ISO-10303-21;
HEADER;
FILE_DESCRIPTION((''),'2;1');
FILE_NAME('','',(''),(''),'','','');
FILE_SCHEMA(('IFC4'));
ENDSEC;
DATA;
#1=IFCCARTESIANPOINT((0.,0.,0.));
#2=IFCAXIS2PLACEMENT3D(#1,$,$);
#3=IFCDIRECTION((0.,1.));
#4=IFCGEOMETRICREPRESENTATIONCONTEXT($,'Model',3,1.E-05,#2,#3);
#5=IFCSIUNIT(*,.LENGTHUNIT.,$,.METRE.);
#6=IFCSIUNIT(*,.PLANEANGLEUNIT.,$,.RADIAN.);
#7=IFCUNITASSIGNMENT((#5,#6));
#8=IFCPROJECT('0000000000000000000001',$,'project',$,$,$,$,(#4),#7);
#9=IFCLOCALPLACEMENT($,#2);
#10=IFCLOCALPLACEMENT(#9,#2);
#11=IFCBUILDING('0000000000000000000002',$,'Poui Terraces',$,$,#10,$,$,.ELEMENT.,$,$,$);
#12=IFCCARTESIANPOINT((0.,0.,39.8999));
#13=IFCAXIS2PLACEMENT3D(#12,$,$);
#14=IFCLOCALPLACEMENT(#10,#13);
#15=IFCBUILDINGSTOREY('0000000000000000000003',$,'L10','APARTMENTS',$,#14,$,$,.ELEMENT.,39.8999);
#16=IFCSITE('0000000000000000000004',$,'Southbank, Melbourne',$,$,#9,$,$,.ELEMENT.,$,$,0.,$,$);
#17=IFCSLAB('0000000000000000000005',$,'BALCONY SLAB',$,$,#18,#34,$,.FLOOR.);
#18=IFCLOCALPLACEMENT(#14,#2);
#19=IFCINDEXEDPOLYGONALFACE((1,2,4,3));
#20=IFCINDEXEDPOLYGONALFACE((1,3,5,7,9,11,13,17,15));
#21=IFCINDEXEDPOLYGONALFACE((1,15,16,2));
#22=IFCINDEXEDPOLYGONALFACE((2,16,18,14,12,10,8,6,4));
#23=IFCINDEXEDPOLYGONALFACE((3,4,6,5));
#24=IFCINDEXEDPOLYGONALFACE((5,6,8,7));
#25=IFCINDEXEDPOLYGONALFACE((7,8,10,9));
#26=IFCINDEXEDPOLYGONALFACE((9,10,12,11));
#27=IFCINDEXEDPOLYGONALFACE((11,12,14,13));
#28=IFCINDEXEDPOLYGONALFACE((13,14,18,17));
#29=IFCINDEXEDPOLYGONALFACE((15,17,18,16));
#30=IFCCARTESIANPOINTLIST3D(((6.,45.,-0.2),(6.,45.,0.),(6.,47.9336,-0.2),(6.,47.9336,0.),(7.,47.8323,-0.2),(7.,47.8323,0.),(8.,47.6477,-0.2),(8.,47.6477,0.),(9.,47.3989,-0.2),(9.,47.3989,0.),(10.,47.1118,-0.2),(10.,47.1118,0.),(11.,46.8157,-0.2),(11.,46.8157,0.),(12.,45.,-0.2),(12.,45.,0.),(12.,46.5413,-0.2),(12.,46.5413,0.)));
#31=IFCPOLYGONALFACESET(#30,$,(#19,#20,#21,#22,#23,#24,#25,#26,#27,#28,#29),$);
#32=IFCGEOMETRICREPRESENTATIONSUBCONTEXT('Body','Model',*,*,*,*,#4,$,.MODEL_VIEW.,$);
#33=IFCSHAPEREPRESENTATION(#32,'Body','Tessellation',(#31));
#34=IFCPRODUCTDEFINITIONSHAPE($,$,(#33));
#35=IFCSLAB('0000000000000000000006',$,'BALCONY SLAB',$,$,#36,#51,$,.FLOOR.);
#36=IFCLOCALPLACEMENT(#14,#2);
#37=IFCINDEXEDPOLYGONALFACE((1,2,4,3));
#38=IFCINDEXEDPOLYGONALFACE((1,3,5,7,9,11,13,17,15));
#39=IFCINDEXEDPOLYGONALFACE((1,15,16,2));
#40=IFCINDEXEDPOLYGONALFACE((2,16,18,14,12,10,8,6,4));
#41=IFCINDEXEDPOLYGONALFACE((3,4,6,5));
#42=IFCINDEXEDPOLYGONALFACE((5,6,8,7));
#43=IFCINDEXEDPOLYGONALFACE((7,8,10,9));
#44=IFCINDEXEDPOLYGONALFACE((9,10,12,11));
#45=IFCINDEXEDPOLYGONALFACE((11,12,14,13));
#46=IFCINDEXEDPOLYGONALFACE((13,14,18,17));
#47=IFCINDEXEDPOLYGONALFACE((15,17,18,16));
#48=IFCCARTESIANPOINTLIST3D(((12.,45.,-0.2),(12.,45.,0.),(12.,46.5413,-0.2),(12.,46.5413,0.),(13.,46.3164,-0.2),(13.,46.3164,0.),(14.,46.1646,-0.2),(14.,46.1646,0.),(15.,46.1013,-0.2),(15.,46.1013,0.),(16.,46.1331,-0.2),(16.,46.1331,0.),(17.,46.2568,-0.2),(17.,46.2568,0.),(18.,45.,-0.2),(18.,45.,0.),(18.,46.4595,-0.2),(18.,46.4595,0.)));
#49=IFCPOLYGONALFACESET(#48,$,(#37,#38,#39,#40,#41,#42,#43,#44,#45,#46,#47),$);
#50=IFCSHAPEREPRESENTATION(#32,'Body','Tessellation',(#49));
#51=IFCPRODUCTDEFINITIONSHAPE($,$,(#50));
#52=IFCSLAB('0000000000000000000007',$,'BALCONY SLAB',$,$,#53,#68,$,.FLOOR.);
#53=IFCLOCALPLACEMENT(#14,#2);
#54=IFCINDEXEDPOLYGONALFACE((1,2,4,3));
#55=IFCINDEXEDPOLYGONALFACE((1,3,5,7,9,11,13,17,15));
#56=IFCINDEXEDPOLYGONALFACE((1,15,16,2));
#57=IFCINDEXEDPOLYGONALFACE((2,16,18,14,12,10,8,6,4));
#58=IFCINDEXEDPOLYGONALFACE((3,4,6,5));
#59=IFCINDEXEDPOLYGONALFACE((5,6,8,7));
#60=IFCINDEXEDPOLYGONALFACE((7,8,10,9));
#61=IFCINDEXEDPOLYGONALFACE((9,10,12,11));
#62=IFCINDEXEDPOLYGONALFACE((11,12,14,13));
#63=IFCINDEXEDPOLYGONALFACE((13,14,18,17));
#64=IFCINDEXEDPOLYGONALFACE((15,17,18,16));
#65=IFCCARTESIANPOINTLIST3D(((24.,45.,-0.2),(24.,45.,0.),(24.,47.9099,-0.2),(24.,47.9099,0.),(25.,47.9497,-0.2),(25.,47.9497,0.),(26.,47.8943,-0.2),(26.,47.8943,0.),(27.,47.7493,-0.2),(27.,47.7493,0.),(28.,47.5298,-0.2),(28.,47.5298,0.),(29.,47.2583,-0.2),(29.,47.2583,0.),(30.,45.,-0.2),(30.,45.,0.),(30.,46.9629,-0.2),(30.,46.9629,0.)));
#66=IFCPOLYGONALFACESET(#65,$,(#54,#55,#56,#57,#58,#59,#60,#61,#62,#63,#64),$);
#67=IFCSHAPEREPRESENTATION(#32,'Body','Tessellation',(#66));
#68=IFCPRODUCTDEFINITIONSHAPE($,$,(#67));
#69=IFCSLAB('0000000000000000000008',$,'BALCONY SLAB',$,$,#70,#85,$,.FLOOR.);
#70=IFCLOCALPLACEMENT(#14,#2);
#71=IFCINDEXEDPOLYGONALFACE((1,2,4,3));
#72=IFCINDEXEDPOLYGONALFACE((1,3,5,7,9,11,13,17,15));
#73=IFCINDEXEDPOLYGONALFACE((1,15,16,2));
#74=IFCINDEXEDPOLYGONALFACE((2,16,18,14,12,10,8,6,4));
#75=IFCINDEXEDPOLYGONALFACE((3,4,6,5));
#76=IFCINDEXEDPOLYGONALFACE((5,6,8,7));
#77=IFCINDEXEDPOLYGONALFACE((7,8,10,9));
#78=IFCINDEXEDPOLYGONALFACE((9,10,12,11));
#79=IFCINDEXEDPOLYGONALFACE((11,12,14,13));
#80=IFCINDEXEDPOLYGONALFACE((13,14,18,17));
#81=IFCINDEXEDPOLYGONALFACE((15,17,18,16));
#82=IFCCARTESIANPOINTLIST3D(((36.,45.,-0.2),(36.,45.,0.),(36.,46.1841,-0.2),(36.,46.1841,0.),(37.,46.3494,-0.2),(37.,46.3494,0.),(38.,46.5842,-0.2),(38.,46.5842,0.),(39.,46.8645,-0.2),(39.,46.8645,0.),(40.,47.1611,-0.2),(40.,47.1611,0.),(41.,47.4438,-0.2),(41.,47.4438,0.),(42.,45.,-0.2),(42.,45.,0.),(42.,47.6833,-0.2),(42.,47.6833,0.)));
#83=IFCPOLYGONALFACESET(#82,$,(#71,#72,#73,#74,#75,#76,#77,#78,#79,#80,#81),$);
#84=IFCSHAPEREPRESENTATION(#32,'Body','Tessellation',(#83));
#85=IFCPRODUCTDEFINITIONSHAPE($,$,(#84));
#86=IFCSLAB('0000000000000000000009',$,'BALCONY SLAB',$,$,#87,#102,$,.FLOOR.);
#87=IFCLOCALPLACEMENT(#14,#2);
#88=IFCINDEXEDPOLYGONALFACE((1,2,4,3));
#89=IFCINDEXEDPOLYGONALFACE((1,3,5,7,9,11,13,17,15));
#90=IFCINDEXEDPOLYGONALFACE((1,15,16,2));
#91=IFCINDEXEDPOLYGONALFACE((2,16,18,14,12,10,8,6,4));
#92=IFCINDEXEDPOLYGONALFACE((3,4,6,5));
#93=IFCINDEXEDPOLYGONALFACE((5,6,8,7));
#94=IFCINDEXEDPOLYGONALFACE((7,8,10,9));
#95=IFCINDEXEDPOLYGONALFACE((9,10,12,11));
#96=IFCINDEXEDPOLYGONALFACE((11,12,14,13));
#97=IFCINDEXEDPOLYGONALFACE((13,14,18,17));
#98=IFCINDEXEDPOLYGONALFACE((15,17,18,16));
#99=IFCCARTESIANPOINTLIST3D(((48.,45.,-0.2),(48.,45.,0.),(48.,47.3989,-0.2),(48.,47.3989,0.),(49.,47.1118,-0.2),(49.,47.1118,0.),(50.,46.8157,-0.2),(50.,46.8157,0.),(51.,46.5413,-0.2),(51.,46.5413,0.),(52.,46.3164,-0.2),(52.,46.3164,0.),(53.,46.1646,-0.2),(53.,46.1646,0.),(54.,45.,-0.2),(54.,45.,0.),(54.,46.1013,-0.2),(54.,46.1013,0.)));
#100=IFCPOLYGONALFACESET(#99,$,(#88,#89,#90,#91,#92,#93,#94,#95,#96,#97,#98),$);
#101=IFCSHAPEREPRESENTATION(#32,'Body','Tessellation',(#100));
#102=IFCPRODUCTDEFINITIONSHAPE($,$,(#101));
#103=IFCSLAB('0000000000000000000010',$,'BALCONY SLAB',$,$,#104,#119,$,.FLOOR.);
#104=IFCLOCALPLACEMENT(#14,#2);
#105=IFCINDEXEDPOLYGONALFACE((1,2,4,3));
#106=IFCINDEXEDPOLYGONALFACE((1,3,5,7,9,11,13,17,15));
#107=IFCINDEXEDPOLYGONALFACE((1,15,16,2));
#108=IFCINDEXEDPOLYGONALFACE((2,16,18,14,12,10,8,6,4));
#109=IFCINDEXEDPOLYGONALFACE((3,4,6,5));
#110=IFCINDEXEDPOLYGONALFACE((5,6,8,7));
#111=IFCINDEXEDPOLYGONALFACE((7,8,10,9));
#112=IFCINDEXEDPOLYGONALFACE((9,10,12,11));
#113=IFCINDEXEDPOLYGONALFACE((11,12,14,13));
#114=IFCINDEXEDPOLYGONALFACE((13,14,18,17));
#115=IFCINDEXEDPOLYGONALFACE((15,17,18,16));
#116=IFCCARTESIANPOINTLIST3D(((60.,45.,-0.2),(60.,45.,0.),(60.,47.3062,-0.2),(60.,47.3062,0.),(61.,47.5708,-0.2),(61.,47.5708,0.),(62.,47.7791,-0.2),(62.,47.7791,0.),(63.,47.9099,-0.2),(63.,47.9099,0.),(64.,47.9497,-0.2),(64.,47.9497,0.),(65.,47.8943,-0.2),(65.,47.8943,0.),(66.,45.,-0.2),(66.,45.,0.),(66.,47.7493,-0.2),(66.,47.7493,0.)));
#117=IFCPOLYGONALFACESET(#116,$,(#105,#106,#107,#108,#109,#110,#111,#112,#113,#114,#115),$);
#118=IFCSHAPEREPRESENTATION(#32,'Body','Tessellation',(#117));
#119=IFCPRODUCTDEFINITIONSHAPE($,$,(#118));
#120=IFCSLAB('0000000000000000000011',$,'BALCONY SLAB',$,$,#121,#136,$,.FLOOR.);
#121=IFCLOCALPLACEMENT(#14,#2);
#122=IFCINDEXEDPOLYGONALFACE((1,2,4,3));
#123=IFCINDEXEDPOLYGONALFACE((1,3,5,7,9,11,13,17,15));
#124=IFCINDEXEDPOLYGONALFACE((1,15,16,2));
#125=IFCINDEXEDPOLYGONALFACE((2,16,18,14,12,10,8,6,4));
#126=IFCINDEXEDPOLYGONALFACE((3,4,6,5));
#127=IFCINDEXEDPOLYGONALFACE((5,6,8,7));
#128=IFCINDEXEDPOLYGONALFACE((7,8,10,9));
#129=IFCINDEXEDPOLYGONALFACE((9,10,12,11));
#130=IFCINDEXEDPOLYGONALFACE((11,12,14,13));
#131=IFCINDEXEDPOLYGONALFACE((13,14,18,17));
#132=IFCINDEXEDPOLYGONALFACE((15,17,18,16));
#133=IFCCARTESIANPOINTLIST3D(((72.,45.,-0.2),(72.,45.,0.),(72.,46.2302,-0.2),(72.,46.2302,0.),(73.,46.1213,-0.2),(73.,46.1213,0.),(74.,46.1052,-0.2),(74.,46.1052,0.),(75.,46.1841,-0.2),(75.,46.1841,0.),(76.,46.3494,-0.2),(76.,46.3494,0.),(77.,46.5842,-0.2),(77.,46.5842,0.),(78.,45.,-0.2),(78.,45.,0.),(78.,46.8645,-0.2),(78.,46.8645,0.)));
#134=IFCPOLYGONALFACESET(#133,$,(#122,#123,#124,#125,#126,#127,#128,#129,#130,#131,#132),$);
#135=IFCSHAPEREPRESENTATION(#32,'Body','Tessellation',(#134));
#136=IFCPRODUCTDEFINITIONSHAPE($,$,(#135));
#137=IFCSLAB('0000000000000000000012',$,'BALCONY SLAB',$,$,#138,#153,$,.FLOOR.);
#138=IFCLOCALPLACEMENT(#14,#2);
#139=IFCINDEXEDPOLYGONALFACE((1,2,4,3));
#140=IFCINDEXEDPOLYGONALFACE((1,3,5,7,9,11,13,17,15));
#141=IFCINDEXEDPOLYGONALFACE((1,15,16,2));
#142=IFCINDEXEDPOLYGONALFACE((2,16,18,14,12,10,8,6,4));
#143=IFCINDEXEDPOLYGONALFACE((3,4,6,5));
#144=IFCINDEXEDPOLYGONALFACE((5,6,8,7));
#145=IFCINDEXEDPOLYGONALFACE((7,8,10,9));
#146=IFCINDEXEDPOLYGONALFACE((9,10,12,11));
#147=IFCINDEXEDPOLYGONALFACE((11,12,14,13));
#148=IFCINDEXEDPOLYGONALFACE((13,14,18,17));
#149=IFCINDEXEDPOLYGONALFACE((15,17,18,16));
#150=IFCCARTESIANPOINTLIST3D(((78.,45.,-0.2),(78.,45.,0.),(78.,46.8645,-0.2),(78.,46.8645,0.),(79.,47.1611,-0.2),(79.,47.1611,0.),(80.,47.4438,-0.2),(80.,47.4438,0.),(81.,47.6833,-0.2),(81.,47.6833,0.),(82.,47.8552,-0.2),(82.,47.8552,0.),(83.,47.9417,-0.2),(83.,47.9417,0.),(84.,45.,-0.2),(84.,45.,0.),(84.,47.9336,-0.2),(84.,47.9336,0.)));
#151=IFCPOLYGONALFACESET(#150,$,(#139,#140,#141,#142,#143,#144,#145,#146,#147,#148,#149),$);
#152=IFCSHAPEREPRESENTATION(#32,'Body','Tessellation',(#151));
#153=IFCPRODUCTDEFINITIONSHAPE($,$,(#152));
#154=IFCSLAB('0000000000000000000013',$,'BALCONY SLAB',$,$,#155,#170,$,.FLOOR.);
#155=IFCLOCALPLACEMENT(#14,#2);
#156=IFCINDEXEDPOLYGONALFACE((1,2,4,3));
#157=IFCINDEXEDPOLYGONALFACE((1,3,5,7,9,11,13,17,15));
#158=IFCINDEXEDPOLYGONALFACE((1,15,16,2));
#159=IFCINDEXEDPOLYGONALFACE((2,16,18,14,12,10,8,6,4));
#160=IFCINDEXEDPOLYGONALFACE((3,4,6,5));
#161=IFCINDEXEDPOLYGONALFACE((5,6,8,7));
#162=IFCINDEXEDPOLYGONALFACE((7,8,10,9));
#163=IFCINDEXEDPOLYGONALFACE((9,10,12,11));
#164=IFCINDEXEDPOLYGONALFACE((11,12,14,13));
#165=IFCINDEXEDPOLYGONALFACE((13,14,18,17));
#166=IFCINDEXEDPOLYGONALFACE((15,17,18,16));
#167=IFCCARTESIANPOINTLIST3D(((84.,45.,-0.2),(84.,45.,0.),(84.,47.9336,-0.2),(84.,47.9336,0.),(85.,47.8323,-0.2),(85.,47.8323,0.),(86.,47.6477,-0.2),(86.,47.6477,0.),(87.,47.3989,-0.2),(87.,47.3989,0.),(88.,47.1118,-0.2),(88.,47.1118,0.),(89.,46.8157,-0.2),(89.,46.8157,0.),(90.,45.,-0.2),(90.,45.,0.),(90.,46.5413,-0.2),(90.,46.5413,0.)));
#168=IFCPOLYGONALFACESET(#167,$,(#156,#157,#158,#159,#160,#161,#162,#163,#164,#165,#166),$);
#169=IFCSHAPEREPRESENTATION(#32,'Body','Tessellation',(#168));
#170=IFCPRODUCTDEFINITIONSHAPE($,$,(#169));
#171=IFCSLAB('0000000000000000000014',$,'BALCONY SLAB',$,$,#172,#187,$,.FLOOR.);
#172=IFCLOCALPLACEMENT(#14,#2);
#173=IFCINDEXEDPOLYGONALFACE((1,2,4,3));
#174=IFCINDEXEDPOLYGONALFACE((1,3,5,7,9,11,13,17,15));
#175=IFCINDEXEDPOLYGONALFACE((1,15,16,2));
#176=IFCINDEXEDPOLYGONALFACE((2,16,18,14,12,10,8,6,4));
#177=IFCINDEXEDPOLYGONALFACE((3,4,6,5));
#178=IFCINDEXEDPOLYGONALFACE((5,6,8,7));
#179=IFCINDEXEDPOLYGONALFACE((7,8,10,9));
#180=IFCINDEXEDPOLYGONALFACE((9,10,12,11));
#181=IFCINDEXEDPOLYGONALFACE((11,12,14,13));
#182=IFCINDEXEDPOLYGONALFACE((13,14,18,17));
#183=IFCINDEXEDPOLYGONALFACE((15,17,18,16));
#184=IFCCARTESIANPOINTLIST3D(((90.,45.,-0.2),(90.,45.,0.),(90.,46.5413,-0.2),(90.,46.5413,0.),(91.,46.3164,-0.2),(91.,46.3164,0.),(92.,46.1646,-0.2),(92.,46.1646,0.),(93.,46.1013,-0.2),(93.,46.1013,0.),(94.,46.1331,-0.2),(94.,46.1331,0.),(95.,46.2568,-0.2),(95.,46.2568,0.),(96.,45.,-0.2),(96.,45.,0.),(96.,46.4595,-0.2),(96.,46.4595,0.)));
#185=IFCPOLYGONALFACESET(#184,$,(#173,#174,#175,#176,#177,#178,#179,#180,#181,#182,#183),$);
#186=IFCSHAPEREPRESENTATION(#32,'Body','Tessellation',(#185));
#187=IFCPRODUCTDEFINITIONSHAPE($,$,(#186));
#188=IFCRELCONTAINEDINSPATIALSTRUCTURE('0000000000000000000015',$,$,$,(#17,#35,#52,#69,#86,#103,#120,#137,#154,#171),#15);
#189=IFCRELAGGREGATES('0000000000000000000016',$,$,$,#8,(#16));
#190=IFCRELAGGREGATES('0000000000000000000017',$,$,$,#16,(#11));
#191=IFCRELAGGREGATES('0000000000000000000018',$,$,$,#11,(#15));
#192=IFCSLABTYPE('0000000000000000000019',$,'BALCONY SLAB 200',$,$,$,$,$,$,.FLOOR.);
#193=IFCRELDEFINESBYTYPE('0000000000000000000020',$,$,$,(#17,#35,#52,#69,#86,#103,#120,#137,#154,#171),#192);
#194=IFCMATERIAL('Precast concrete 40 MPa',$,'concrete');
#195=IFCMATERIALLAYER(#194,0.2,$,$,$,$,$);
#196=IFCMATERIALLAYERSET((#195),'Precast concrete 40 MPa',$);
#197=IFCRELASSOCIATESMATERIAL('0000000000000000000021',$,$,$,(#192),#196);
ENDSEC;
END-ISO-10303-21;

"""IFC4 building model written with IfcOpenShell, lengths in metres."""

from ifc_helpers import new_model, si_unit, direction, frame, origin, place, context, subcontext, project, spatial, polyline, outline, extrude, material, layer, layer_set, type_object, element, save


model = new_model("IFC4")

# Units and contexts
model_context = context("Model", 3, precision=1e-05, world=origin(), true_north=direction((0.0, 1.0)))
body_context = subcontext(model_context, "Body", "Model", "MODEL_VIEW")
ifc_project = project(units=[si_unit("LENGTHUNIT", "METRE"), si_unit("PLANEANGLEUNIT", "RADIAN")], contexts=[model_context])

# Site, building, storey
site_placement = place(None, origin())
site = spatial("IfcSite", under=ifc_project, at=site_placement, Name="Southbank, Melbourne", CompositionType="ELEMENT", RefElevation=0.0)
building_placement = place(site_placement, origin())
building = spatial("IfcBuilding", under=site, at=building_placement, Name="Poui Terraces", CompositionType="ELEMENT")
storey_placement = place(building_placement, frame((0.0, 0.0, 39.8999)))
storey = spatial("IfcBuildingStorey", under=building, at=storey_placement, Name="L10", Description="APARTMENTS", CompositionType="ELEMENT", Elevation=39.8999)

# Slabs
ifc_material_1 = material(Name="Precast concrete 40 MPa", Category="concrete")
ifc_layer_1 = layer(ifc_material_1, 0.2)
ifc_layer_set_1 = layer_set([ifc_layer_1], Name="Precast concrete 40 MPa")
slab_type_1 = type_object("IfcSlabType", Name="BALCONY SLAB 200", PredefinedType="FLOOR", material=ifc_layer_set_1)
slab_1_placement = place(storey_placement, frame((0.0, 0.0, -0.2)))
element("IfcSlab", 1, at=slab_1_placement, inside=storey, type_object=slab_type_1, Name="BALCONY SLAB", PredefinedType="FLOOR", context=body_context, shape_type="SweptSolid", body=[
    extrude(outline(polyline([(6.0, 45.0), (12.0, 45.0), (12.0, 46.5413), (11.0, 46.8157), (10.0, 47.1118), (9.0, 47.3989), (8.0, 47.6477), (7.0, 47.8323), (6.0, 47.9336), (6.0, 45.0)])), origin(), (0.0, 0.0, 1.0), 0.2),
])
slab_2_placement = place(storey_placement, frame((0.0, 0.0, -0.2)))
element("IfcSlab", 2, at=slab_2_placement, inside=storey, type_object=slab_type_1, Name="BALCONY SLAB", PredefinedType="FLOOR", context=body_context, shape_type="SweptSolid", body=[
    extrude(outline(polyline([(12.0, 45.0), (18.0, 45.0), (18.0, 46.4595), (17.0, 46.2568), (16.0, 46.1331), (15.0, 46.1013), (14.0, 46.1646), (13.0, 46.3164), (12.0, 46.5413), (12.0, 45.0)])), origin(), (0.0, 0.0, 1.0), 0.2),
])
slab_3_placement = place(storey_placement, frame((0.0, 0.0, -0.2)))
element("IfcSlab", 3, at=slab_3_placement, inside=storey, type_object=slab_type_1, Name="BALCONY SLAB", PredefinedType="FLOOR", context=body_context, shape_type="SweptSolid", body=[
    extrude(outline(polyline([(24.0, 45.0), (30.0, 45.0), (30.0, 46.9629), (29.0, 47.2583), (28.0, 47.5298), (27.0, 47.7493), (26.0, 47.8943), (25.0, 47.9497), (24.0, 47.9099), (24.0, 45.0)])), origin(), (0.0, 0.0, 1.0), 0.2),
])
slab_4_placement = place(storey_placement, frame((0.0, 0.0, -0.2)))
element("IfcSlab", 4, at=slab_4_placement, inside=storey, type_object=slab_type_1, Name="BALCONY SLAB", PredefinedType="FLOOR", context=body_context, shape_type="SweptSolid", body=[
    extrude(outline(polyline([(36.0, 45.0), (42.0, 45.0), (42.0, 47.6833), (41.0, 47.4438), (40.0, 47.1611), (39.0, 46.8645), (38.0, 46.5842), (37.0, 46.3494), (36.0, 46.1841), (36.0, 45.0)])), origin(), (0.0, 0.0, 1.0), 0.2),
])
slab_5_placement = place(storey_placement, frame((0.0, 0.0, -0.2)))
element("IfcSlab", 5, at=slab_5_placement, inside=storey, type_object=slab_type_1, Name="BALCONY SLAB", PredefinedType="FLOOR", context=body_context, shape_type="SweptSolid", body=[
    extrude(outline(polyline([(48.0, 45.0), (54.0, 45.0), (54.0, 46.1013), (53.0, 46.1646), (52.0, 46.3164), (51.0, 46.5413), (50.0, 46.8157), (49.0, 47.1118), (48.0, 47.3989), (48.0, 45.0)])), origin(), (0.0, 0.0, 1.0), 0.2),
])
slab_6_placement = place(storey_placement, frame((0.0, 0.0, -0.2)))
element("IfcSlab", 6, at=slab_6_placement, inside=storey, type_object=slab_type_1, Name="BALCONY SLAB", PredefinedType="FLOOR", context=body_context, shape_type="SweptSolid", body=[
    extrude(outline(polyline([(60.0, 45.0), (66.0, 45.0), (66.0, 47.7493), (65.0, 47.8943), (64.0, 47.9497), (63.0, 47.9099), (62.0, 47.7791), (61.0, 47.5708), (60.0, 47.3062), (60.0, 45.0)])), origin(), (0.0, 0.0, 1.0), 0.2),
])
slab_7_placement = place(storey_placement, frame((0.0, 0.0, -0.2)))
element("IfcSlab", 7, at=slab_7_placement, inside=storey, type_object=slab_type_1, Name="BALCONY SLAB", PredefinedType="FLOOR", context=body_context, shape_type="SweptSolid", body=[
    extrude(outline(polyline([(72.0, 45.0), (78.0, 45.0), (78.0, 46.8645), (77.0, 46.5842), (76.0, 46.3494), (75.0, 46.1841), (74.0, 46.1052), (73.0, 46.1213), (72.0, 46.2302), (72.0, 45.0)])), origin(), (0.0, 0.0, 1.0), 0.2),
])
slab_8_placement = place(storey_placement, frame((0.0, 0.0, -0.2)))
element("IfcSlab", 8, at=slab_8_placement, inside=storey, type_object=slab_type_1, Name="BALCONY SLAB", PredefinedType="FLOOR", context=body_context, shape_type="SweptSolid", body=[
    extrude(outline(polyline([(78.0, 45.0), (84.0, 45.0), (84.0, 47.9336), (83.0, 47.9417), (82.0, 47.8552), (81.0, 47.6833), (80.0, 47.4438), (79.0, 47.1611), (78.0, 46.8645), (78.0, 45.0)])), origin(), (0.0, 0.0, 1.0), 0.2),
])
slab_9_placement = place(storey_placement, frame((0.0, 0.0, -0.2)))
element("IfcSlab", 9, at=slab_9_placement, inside=storey, type_object=slab_type_1, Name="BALCONY SLAB", PredefinedType="FLOOR", context=body_context, shape_type="SweptSolid", body=[
    extrude(outline(polyline([(84.0, 45.0), (90.0, 45.0), (90.0, 46.5413), (89.0, 46.8157), (88.0, 47.1118), (87.0, 47.3989), (86.0, 47.6477), (85.0, 47.8323), (84.0, 47.9336), (84.0, 45.0)])), origin(), (0.0, 0.0, 1.0), 0.2),
])
slab_10_placement = place(storey_placement, frame((0.0, 0.0, -0.2)))
element("IfcSlab", 10, at=slab_10_placement, inside=storey, type_object=slab_type_1, Name="BALCONY SLAB", PredefinedType="FLOOR", context=body_context, shape_type="SweptSolid", body=[
    extrude(outline(polyline([(90.0, 45.0), (96.0, 45.0), (96.0, 46.4595), (95.0, 46.2568), (94.0, 46.1331), (93.0, 46.1013), (92.0, 46.1646), (91.0, 46.3164), (90.0, 46.5413), (90.0, 45.0)])), origin(), (0.0, 0.0, 1.0), 0.2),
])

save(model, "model.ifc")
